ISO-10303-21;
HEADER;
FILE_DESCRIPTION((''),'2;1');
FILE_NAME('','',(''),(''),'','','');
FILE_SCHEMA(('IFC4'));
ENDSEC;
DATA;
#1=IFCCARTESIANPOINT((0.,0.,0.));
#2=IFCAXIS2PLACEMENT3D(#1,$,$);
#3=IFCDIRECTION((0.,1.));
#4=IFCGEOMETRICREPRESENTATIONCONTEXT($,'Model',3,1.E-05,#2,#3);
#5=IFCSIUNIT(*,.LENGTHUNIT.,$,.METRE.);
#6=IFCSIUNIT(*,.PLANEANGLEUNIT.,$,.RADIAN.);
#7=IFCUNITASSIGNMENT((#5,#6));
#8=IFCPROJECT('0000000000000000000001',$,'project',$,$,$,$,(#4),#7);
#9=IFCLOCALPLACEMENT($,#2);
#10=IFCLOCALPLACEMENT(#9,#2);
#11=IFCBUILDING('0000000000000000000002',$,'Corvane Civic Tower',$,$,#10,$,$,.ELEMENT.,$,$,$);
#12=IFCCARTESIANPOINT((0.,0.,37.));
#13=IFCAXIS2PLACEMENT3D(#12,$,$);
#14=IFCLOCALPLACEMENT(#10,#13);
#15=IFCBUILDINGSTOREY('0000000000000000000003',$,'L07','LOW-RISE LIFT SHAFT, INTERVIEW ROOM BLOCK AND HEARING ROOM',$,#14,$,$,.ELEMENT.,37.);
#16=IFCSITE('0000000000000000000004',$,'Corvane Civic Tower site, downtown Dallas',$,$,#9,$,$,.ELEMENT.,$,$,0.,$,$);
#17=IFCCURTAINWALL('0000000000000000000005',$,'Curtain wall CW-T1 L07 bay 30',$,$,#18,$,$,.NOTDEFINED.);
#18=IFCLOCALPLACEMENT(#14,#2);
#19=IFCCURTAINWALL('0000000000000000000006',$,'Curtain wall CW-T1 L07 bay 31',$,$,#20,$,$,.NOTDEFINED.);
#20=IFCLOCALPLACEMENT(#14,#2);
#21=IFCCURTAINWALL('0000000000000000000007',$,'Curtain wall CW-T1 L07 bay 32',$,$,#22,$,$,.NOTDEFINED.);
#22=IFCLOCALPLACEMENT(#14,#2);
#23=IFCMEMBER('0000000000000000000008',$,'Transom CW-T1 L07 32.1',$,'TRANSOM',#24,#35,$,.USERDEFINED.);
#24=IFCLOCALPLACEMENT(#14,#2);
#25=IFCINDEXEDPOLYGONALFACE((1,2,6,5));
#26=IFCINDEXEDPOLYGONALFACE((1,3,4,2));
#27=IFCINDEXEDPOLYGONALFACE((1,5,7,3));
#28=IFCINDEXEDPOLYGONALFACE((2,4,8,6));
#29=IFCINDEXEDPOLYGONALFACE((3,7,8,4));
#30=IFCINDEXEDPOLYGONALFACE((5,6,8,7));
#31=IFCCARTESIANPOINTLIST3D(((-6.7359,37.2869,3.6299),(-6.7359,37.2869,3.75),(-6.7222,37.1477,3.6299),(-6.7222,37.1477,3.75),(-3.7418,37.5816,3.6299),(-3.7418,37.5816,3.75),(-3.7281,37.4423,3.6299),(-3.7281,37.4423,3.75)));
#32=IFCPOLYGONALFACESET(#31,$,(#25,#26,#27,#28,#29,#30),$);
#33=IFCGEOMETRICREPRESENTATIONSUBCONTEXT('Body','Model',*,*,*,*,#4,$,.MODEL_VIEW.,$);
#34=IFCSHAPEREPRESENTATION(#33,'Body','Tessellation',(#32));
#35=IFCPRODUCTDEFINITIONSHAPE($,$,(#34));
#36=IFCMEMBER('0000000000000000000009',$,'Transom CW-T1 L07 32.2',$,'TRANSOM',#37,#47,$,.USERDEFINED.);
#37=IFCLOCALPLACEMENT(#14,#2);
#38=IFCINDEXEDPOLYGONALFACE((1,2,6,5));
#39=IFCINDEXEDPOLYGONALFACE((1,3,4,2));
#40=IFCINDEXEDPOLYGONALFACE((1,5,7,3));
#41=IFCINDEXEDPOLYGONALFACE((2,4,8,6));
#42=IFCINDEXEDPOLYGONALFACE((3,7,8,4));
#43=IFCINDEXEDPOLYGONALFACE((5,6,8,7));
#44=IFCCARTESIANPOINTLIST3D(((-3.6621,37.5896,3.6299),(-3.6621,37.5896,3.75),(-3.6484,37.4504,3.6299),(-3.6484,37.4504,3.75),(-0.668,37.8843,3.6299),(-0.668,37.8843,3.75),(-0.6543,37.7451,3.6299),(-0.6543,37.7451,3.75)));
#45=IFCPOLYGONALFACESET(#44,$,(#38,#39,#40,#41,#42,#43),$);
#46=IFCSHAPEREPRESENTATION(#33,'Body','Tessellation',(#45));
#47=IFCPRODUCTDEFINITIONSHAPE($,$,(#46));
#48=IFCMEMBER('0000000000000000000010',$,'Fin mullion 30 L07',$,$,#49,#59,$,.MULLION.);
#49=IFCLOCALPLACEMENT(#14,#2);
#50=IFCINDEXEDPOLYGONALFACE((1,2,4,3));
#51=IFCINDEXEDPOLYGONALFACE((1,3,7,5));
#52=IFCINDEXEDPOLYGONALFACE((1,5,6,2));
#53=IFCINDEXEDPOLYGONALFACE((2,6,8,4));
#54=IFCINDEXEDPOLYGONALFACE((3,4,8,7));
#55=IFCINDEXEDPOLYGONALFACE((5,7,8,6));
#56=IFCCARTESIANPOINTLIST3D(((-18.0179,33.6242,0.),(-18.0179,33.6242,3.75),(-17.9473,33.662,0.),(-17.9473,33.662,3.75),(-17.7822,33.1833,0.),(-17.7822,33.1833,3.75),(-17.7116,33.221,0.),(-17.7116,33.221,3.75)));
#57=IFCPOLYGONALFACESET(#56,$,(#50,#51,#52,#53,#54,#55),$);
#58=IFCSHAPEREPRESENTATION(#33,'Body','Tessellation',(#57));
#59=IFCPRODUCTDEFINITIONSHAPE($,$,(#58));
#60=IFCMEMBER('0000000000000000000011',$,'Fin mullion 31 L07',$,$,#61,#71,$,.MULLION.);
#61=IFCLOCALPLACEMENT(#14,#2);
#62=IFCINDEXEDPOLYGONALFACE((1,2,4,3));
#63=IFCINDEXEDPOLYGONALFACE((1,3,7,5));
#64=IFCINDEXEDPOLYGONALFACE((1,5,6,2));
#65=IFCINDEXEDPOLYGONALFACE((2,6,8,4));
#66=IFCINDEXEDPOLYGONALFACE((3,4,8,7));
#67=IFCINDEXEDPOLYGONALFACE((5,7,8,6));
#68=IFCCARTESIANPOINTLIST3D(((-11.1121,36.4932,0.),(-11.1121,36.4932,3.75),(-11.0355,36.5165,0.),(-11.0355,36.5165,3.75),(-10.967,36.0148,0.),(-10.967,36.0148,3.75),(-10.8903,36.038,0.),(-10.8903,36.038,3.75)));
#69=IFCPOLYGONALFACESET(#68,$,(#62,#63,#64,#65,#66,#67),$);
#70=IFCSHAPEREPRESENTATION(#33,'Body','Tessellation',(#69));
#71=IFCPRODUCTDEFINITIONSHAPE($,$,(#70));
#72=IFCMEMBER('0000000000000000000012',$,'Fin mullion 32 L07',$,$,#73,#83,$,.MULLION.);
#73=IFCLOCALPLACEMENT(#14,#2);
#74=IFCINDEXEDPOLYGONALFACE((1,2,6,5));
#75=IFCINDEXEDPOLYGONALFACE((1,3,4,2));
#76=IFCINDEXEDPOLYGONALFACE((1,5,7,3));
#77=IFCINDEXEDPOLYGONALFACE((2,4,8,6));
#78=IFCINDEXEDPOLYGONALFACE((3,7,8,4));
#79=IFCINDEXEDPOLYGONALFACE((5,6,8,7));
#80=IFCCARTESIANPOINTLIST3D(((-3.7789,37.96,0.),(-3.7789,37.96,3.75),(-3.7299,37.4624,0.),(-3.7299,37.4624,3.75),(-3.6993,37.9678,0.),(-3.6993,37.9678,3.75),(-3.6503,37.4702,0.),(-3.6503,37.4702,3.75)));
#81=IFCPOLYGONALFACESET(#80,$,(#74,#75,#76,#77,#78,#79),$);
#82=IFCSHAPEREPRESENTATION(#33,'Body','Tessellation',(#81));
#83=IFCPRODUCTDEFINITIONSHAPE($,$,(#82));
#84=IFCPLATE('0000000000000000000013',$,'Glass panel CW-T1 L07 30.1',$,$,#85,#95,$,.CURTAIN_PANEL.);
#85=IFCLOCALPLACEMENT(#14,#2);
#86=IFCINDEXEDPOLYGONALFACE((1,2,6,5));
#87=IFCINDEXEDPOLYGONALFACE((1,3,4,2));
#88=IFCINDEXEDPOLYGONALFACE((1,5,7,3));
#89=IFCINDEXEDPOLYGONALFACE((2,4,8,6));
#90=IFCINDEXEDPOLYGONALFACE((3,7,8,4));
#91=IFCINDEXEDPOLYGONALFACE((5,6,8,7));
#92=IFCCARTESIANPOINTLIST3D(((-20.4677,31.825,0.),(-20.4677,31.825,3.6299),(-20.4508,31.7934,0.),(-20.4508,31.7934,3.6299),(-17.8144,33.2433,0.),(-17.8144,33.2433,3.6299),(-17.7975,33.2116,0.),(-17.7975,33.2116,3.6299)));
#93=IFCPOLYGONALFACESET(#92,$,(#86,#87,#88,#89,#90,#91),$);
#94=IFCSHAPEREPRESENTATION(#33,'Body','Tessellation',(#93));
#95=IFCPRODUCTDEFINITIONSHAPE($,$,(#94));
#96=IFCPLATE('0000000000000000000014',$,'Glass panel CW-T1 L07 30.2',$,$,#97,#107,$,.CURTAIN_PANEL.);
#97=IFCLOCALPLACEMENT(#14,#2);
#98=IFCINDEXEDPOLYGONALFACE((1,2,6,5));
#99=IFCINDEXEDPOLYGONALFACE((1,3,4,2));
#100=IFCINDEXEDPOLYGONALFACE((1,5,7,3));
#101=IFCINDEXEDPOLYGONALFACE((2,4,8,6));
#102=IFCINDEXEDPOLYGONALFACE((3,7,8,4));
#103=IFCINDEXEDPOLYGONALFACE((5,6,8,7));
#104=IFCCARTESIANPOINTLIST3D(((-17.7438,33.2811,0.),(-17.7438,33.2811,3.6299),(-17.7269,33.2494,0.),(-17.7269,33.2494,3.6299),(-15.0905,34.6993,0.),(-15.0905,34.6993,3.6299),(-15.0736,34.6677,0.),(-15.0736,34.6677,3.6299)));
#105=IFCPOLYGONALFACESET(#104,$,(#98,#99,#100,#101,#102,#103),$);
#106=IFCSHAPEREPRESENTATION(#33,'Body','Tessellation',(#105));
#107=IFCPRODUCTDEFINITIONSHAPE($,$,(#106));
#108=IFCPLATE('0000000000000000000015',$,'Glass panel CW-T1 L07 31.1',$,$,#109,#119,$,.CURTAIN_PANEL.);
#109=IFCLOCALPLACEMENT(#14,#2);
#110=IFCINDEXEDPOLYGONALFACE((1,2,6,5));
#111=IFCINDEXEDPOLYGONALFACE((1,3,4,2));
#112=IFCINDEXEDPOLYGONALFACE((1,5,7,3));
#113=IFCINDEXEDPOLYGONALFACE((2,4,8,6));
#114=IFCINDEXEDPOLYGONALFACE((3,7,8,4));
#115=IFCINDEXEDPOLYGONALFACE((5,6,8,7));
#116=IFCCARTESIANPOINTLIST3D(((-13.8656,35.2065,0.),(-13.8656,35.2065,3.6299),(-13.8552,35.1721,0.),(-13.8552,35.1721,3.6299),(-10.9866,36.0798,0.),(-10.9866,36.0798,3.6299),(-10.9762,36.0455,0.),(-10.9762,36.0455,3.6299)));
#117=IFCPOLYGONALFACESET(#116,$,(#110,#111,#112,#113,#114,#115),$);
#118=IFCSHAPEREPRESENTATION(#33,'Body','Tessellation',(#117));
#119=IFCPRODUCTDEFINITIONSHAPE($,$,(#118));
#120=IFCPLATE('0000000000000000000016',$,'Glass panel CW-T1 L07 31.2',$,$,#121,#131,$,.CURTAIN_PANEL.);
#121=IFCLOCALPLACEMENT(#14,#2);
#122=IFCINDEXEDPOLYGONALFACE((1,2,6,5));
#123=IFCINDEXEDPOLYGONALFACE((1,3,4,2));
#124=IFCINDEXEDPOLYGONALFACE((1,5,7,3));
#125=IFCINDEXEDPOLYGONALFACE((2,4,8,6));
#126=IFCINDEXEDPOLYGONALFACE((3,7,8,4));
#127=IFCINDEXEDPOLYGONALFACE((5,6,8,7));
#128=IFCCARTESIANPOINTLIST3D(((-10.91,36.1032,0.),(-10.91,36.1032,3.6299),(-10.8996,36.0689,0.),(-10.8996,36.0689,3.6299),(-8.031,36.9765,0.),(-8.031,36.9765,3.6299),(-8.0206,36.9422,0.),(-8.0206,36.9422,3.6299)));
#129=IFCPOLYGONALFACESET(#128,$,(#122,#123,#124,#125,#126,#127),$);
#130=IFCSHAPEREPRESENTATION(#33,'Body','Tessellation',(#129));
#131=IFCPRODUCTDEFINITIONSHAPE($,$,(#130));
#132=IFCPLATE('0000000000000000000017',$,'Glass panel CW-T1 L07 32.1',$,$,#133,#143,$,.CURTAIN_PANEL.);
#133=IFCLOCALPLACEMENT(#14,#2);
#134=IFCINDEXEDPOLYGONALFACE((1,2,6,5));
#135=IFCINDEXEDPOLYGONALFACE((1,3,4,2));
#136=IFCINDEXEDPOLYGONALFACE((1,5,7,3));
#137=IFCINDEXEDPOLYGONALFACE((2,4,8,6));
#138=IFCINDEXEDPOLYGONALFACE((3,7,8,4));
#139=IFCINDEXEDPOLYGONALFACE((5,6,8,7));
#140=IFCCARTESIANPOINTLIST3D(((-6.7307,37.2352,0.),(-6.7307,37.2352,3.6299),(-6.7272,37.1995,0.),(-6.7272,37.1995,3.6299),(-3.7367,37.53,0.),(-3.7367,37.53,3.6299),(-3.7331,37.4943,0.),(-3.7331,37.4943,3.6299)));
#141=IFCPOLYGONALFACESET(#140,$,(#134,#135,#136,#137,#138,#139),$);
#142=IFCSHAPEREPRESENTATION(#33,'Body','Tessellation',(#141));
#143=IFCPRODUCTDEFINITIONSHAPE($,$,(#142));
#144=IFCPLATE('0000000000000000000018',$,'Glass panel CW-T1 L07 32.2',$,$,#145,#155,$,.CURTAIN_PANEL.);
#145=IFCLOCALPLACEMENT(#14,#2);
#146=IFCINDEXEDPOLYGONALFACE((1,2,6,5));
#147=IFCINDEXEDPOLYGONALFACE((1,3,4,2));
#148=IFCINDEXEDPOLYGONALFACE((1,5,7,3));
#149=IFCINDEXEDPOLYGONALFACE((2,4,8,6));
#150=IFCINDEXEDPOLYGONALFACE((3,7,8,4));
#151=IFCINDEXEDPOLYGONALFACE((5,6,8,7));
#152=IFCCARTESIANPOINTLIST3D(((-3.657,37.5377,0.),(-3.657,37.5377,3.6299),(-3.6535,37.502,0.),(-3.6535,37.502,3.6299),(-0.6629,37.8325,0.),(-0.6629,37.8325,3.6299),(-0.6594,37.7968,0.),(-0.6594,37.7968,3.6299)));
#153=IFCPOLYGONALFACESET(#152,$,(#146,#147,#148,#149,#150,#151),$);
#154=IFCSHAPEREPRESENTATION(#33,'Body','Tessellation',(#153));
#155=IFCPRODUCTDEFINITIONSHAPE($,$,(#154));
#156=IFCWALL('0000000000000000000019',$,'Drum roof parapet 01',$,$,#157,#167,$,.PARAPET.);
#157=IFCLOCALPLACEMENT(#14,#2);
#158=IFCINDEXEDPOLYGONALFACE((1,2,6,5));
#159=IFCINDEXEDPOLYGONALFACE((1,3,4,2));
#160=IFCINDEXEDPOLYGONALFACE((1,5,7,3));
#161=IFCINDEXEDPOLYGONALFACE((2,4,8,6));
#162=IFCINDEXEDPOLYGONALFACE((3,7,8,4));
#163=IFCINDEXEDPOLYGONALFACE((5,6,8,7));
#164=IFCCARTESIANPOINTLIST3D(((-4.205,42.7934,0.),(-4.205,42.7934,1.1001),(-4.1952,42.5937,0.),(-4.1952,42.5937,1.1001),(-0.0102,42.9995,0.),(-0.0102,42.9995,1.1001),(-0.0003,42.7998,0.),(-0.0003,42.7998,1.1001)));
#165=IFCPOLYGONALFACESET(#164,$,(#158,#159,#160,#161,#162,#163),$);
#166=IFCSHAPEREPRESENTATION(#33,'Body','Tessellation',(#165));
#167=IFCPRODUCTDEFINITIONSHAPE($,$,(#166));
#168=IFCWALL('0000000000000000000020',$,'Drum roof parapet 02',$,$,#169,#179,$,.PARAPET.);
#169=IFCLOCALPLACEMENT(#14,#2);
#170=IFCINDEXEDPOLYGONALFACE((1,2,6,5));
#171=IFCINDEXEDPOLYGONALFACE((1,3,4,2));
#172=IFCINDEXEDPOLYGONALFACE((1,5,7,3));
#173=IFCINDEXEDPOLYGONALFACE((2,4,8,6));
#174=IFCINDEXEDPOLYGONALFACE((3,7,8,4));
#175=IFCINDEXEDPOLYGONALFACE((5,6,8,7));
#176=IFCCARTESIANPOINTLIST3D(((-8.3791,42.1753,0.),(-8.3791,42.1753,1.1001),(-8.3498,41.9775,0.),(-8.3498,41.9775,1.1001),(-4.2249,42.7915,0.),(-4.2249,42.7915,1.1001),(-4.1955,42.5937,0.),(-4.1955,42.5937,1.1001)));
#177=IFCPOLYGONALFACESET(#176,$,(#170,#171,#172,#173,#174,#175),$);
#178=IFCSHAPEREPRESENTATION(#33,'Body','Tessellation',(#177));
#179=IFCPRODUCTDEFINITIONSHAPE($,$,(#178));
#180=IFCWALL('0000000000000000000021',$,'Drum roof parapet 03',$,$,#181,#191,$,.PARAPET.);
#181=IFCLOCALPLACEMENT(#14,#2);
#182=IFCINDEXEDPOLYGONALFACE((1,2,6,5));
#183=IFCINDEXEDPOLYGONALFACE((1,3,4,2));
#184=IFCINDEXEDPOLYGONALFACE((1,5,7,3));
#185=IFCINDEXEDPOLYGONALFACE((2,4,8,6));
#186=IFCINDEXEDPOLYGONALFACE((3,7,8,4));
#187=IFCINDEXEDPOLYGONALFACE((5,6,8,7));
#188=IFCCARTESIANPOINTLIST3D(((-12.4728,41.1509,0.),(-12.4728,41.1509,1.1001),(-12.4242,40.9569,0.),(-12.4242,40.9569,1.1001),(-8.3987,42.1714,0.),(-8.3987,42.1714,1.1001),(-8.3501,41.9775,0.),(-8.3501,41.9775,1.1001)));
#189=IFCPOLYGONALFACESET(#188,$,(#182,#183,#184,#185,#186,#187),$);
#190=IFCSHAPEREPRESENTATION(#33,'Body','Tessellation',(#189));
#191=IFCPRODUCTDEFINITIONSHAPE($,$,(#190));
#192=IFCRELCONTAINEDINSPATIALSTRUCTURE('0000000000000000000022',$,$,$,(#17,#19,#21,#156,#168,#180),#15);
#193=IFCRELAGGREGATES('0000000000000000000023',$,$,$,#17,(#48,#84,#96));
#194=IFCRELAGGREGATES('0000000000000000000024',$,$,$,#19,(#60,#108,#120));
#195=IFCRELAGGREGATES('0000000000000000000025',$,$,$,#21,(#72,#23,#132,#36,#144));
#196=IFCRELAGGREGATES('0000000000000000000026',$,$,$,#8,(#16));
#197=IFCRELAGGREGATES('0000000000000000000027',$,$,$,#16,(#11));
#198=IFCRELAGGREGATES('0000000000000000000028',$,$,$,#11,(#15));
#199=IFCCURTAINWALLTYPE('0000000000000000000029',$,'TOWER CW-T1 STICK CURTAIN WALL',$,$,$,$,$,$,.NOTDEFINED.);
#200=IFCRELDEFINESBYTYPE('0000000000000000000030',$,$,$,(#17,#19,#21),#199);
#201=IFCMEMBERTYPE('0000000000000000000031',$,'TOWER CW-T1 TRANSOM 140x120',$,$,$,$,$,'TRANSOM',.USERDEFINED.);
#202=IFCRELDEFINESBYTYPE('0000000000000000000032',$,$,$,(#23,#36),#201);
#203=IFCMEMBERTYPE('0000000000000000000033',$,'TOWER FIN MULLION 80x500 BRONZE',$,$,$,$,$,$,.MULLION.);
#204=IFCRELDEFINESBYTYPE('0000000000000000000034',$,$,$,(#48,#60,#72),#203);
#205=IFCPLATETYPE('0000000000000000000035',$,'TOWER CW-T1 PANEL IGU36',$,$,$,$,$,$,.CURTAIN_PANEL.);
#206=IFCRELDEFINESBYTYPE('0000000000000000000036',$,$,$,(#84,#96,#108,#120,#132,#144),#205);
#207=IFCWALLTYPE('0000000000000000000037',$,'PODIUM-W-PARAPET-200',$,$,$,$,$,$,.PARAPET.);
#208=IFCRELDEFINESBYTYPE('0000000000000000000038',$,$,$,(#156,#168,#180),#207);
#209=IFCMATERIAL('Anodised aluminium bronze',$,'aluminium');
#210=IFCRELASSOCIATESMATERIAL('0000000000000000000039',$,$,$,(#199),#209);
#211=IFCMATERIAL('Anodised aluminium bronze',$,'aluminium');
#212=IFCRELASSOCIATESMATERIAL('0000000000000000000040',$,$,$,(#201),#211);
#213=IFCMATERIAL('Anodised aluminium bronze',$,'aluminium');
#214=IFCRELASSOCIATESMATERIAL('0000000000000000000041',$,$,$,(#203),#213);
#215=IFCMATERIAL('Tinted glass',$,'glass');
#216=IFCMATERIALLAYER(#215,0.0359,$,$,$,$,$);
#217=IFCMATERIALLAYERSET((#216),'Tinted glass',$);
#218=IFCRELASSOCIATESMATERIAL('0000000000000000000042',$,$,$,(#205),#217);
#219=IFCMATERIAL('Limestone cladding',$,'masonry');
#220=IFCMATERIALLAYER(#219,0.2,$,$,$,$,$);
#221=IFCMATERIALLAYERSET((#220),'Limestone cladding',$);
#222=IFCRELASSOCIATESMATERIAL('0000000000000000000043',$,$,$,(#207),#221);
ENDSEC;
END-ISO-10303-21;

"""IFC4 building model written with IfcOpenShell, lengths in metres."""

from ifc_helpers import new_model, si_unit, direction, frame, frame_2d, origin, origin_2d, place, context, subcontext, project, spatial, rectangle, extrude, material, layer, layer_set, material_profile, profile_set, type_object, element, aggregate, save


model = new_model("IFC4")

# Units and contexts
model_context = context("Model", 3, precision=1e-05, world=origin(), true_north=direction((0.0, 1.0)))
body_context = subcontext(model_context, "Body", "Model", "MODEL_VIEW")
ifc_project = project(units=[si_unit("LENGTHUNIT", "METRE"), si_unit("PLANEANGLEUNIT", "RADIAN")], contexts=[model_context])

# Site, building, storey
site_placement = place(None, origin())
site = spatial("IfcSite", under=ifc_project, at=site_placement, Name="Corvane Civic Tower site, downtown Dallas", CompositionType="ELEMENT", RefElevation=0.0)
building_placement = place(site_placement, origin())
building = spatial("IfcBuilding", under=site, at=building_placement, Name="Corvane Civic Tower", CompositionType="ELEMENT")
storey_placement = place(building_placement, frame((0.0, 0.0, 37.0)))
storey = spatial("IfcBuildingStorey", under=building, at=storey_placement, Name="L07", Description="LOW-RISE LIFT SHAFT, INTERVIEW ROOM BLOCK AND HEARING ROOM", CompositionType="ELEMENT", Elevation=37.0)

# Curtain wall
ifc_material_1 = material(Name="Anodised aluminium bronze", Category="aluminium")
curtain_wall_type = type_object("IfcCurtainWallType", Name="TOWER CW-T1 STICK CURTAIN WALL", PredefinedType="NOTDEFINED", material=ifc_material_1)
curtain_wall_1_placement = place(storey_placement, origin())
curtain_wall_1 = element("IfcCurtainWall", 1, at=curtain_wall_1_placement, inside=storey, type_object=curtain_wall_type, Name="Curtain wall CW-T1 L07 bay 30", PredefinedType="NOTDEFINED")
ifc_material_2 = material(Name="Anodised aluminium bronze", Category="aluminium")
ifc_material_profile_1 = material_profile(ifc_material_2, rectangle(XDim=0.1399, YDim=0.1201, at=origin_2d()), Name="TOWER CW-T1 TRANSOM 140x120")
ifc_profile_set_1 = profile_set([ifc_material_profile_1], Name="Anodised aluminium bronze")
member_type_1 = type_object("IfcMemberType", Name="TOWER CW-T1 TRANSOM 140x120", ElementType="TRANSOM", PredefinedType="USERDEFINED", material=ifc_profile_set_1)

# Curtain walls, members
curtain_wall_2_placement = place(storey_placement, origin())
curtain_wall_2 = element("IfcCurtainWall", 2, at=curtain_wall_2_placement, inside=storey, type_object=curtain_wall_type, Name="Curtain wall CW-T1 L07 bay 31", PredefinedType="NOTDEFINED")
curtain_wall_3_placement = place(storey_placement, origin())
curtain_wall_3 = element("IfcCurtainWall", 3, at=curtain_wall_3_placement, inside=storey, type_object=curtain_wall_type, Name="Curtain wall CW-T1 L07 bay 32", PredefinedType="NOTDEFINED")
member_1_placement = place(storey_placement, frame((-6.729, 37.2173, 3.6899), z_axis=(0.995192, 0.097945, 0.0), x_axis=(-0.097945, 0.995192, 0.0)))
member_1 = element("IfcMember", 4, at=member_1_placement, type_object=member_type_1, Name="Transom CW-T1 L07 32.1", ObjectType="TRANSOM", PredefinedType="USERDEFINED", context=body_context, shape_type="SweptSolid", body=[
    extrude(rectangle(XDim=0.1399, YDim=0.1201, at=origin_2d()), origin(), (0.0, 0.0, 1.0), 3.0085),
])
member_2_placement = place(storey_placement, frame((-3.6553, 37.52, 3.6899), z_axis=(0.995192, 0.097945, 0.0), x_axis=(-0.097945, 0.995192, 0.0)))
member_2 = element("IfcMember", 5, at=member_2_placement, type_object=member_type_1, Name="Transom CW-T1 L07 32.2", ObjectType="TRANSOM", PredefinedType="USERDEFINED", context=body_context, shape_type="SweptSolid", body=[
    extrude(rectangle(XDim=0.1399, YDim=0.1201, at=origin_2d()), origin(), (0.0, 0.0, 1.0), 3.0085),
])

# Members
ifc_material_3 = material(Name="Anodised aluminium bronze", Category="aluminium")
ifc_material_profile_2 = material_profile(ifc_material_3, rectangle(XDim=0.0801, YDim=0.5, at=origin_2d()), Name="TOWER FIN MULLION 80x500 BRONZE")
ifc_profile_set_2 = profile_set([ifc_material_profile_2], Name="Anodised aluminium bronze")
member_type_2 = type_object("IfcMemberType", Name="TOWER FIN MULLION 80x500 BRONZE", PredefinedType="MULLION", material=ifc_profile_set_2)
member_3_placement = place(storey_placement, frame((-17.8647, 33.4226, 0.0), z_axis=(0.0, 0.0, 1.0), x_axis=(0.881918, 0.471404, 0.0)))
member_3 = element("IfcMember", 6, at=member_3_placement, type_object=member_type_2, Name="Fin mullion 30 L07", PredefinedType="MULLION", context=body_context, shape_type="SweptSolid", body=[
    extrude(rectangle(XDim=0.0801, YDim=0.5, at=origin_2d()), origin(), (0.0, 0.0, 1.0), 3.75),
])
member_4_placement = place(storey_placement, frame((-11.0012, 36.2656, 0.0), z_axis=(0.0, 0.0, 1.0), x_axis=(0.956942, 0.290278, 0.0)))
member_4 = element("IfcMember", 7, at=member_4_placement, type_object=member_type_2, Name="Fin mullion 31 L07", PredefinedType="MULLION", context=body_context, shape_type="SweptSolid", body=[
    extrude(rectangle(XDim=0.0801, YDim=0.5, at=origin_2d()), origin(), (0.0, 0.0, 1.0), 3.75),
])
member_5_placement = place(storey_placement, frame((-3.7146, 37.7151, 0.0), z_axis=(0.0, 0.0, 1.0), x_axis=(0.995186, 0.098006, 0.0)))
member_5 = element("IfcMember", 8, at=member_5_placement, type_object=member_type_2, Name="Fin mullion 32 L07", PredefinedType="MULLION", context=body_context, shape_type="SweptSolid", body=[
    extrude(rectangle(XDim=0.0801, YDim=0.5, at=origin_2d()), origin(), (0.0, 0.0, 1.0), 3.75),
])

# Plates
ifc_material_4 = material(Name="Tinted glass", Category="glass")
ifc_layer_1 = layer(ifc_material_4, 0.0359)
ifc_layer_set_1 = layer_set([ifc_layer_1], Name="Tinted glass")
plate_type = type_object("IfcPlateType", Name="TOWER CW-T1 PANEL IGU36", PredefinedType="CURTAIN_PANEL", material=ifc_layer_set_1)
plate_1_placement = place(storey_placement, frame((-19.1326, 32.5183, 0.0), z_axis=(0.0, 0.0, 1.0), x_axis=(0.881918, 0.471404, 0.0)))
plate_1 = element("IfcPlate", 9, at=plate_1_placement, type_object=plate_type, Name="Glass panel CW-T1 L07 30.1", PredefinedType="CURTAIN_PANEL", context=body_context, shape_type="SweptSolid", body=[
    extrude(rectangle(XDim=3.0085, YDim=0.0359, at=origin_2d()), origin(), (0.0, 0.0, 1.0), 3.6299),
])
plate_2_placement = place(storey_placement, frame((-16.4087, 33.9744, 0.0), z_axis=(0.0, 0.0, 1.0), x_axis=(0.881918, 0.471404, 0.0)))
plate_2 = element("IfcPlate", 10, at=plate_2_placement, type_object=plate_type, Name="Glass panel CW-T1 L07 30.2", PredefinedType="CURTAIN_PANEL", context=body_context, shape_type="SweptSolid", body=[
    extrude(rectangle(XDim=3.0085, YDim=0.0359, at=origin_2d()), origin(), (0.0, 0.0, 1.0), 3.6299),
])
aggregate(curtain_wall_1, [member_3, plate_1, plate_2])
plate_3_placement = place(storey_placement, frame((-12.4209, 35.626, 0.0), z_axis=(0.0, 0.0, 1.0), x_axis=(0.956942, 0.290278, 0.0)))
plate_3 = element("IfcPlate", 11, at=plate_3_placement, type_object=plate_type, Name="Glass panel CW-T1 L07 31.1", PredefinedType="CURTAIN_PANEL", context=body_context, shape_type="SweptSolid", body=[
    extrude(rectangle(XDim=3.0085, YDim=0.0359, at=origin_2d()), origin(), (0.0, 0.0, 1.0), 3.6299),
])
plate_4_placement = place(storey_placement, frame((-9.4653, 36.5227, 0.0), z_axis=(0.0, 0.0, 1.0), x_axis=(0.956942, 0.290278, 0.0)))
plate_4 = element("IfcPlate", 12, at=plate_4_placement, type_object=plate_type, Name="Glass panel CW-T1 L07 31.2", PredefinedType="CURTAIN_PANEL", context=body_context, shape_type="SweptSolid", body=[
    extrude(rectangle(XDim=3.0085, YDim=0.0359, at=origin_2d()), origin(), (0.0, 0.0, 1.0), 3.6299),
])
aggregate(curtain_wall_2, [member_4, plate_3, plate_4])
plate_5_placement = place(storey_placement, frame((-5.2319, 37.3647, 0.0), z_axis=(0.0, 0.0, 1.0), x_axis=(0.995186, 0.098006, 0.0)))
plate_5 = element("IfcPlate", 13, at=plate_5_placement, type_object=plate_type, Name="Glass panel CW-T1 L07 32.1", PredefinedType="CURTAIN_PANEL", context=body_context, shape_type="SweptSolid", body=[
    extrude(rectangle(XDim=3.0085, YDim=0.0359, at=origin_2d()), origin(), (0.0, 0.0, 1.0), 3.6299),
])
plate_6_placement = place(storey_placement, frame((-2.1582, 37.6672, 0.0), z_axis=(0.0, 0.0, 1.0), x_axis=(0.995186, 0.098006, 0.0)))
plate_6 = element("IfcPlate", 14, at=plate_6_placement, type_object=plate_type, Name="Glass panel CW-T1 L07 32.2", PredefinedType="CURTAIN_PANEL", context=body_context, shape_type="SweptSolid", body=[
    extrude(rectangle(XDim=3.0085, YDim=0.0359, at=origin_2d()), origin(), (0.0, 0.0, 1.0), 3.6299),
])
aggregate(curtain_wall_3, [member_5, member_1, plate_5, member_2, plate_6])

# Walls
ifc_material_5 = material(Name="Limestone cladding", Category="masonry")
ifc_layer_2 = layer(ifc_material_5, 0.2)
ifc_layer_set_2 = layer_set([ifc_layer_2], Name="Limestone cladding")
wall_type_1 = type_object("IfcWallType", Name="PODIUM-W-PARAPET-200", PredefinedType="PARAPET", material=ifc_layer_set_2)
wall_1_placement = place(storey_placement, frame((-0.0051, 42.8997, 0.0), z_axis=(0.0, 0.0, 1.0), x_axis=(-0.998796, -0.049062, 0.0)))
element("IfcWall", 15, at=wall_1_placement, inside=storey, type_object=wall_type_1, Name="Drum roof parapet 01", PredefinedType="PARAPET", context=body_context, shape_type="SweptSolid", body=[
    extrude(rectangle(XDim=4.2, YDim=0.2, at=frame_2d((2.1001, 0.0))), origin(), (0.0, 0.0, 1.0), 1.1001),
])
wall_2_placement = place(storey_placement, frame((-4.2102, 42.6926, 0.0), z_axis=(0.0, 0.0, 1.0), x_axis=(-0.989177, -0.146726, 0.0)))
element("IfcWall", 16, at=wall_2_placement, inside=storey, type_object=wall_type_1, Name="Drum roof parapet 02", PredefinedType="PARAPET", context=body_context, shape_type="SweptSolid", body=[
    extrude(rectangle(XDim=4.1997, YDim=0.2, at=frame_2d((2.0999, 0.0))), origin(), (0.0, 0.0, 1.0), 1.1001),
])
wall_3_placement = place(storey_placement, frame((-8.3743, 42.0745, 0.0), z_axis=(0.0, 0.0, 1.0), x_axis=(-0.97003, -0.242987, 0.0)))
element("IfcWall", 17, at=wall_3_placement, inside=storey, type_object=wall_type_1, Name="Drum roof parapet 03", PredefinedType="PARAPET", context=body_context, shape_type="SweptSolid", body=[
    extrude(rectangle(XDim=4.2, YDim=0.2, at=frame_2d((2.1001, 0.0))), origin(), (0.0, 0.0, 1.0), 1.1001),
])

save(model, "model.ifc")
